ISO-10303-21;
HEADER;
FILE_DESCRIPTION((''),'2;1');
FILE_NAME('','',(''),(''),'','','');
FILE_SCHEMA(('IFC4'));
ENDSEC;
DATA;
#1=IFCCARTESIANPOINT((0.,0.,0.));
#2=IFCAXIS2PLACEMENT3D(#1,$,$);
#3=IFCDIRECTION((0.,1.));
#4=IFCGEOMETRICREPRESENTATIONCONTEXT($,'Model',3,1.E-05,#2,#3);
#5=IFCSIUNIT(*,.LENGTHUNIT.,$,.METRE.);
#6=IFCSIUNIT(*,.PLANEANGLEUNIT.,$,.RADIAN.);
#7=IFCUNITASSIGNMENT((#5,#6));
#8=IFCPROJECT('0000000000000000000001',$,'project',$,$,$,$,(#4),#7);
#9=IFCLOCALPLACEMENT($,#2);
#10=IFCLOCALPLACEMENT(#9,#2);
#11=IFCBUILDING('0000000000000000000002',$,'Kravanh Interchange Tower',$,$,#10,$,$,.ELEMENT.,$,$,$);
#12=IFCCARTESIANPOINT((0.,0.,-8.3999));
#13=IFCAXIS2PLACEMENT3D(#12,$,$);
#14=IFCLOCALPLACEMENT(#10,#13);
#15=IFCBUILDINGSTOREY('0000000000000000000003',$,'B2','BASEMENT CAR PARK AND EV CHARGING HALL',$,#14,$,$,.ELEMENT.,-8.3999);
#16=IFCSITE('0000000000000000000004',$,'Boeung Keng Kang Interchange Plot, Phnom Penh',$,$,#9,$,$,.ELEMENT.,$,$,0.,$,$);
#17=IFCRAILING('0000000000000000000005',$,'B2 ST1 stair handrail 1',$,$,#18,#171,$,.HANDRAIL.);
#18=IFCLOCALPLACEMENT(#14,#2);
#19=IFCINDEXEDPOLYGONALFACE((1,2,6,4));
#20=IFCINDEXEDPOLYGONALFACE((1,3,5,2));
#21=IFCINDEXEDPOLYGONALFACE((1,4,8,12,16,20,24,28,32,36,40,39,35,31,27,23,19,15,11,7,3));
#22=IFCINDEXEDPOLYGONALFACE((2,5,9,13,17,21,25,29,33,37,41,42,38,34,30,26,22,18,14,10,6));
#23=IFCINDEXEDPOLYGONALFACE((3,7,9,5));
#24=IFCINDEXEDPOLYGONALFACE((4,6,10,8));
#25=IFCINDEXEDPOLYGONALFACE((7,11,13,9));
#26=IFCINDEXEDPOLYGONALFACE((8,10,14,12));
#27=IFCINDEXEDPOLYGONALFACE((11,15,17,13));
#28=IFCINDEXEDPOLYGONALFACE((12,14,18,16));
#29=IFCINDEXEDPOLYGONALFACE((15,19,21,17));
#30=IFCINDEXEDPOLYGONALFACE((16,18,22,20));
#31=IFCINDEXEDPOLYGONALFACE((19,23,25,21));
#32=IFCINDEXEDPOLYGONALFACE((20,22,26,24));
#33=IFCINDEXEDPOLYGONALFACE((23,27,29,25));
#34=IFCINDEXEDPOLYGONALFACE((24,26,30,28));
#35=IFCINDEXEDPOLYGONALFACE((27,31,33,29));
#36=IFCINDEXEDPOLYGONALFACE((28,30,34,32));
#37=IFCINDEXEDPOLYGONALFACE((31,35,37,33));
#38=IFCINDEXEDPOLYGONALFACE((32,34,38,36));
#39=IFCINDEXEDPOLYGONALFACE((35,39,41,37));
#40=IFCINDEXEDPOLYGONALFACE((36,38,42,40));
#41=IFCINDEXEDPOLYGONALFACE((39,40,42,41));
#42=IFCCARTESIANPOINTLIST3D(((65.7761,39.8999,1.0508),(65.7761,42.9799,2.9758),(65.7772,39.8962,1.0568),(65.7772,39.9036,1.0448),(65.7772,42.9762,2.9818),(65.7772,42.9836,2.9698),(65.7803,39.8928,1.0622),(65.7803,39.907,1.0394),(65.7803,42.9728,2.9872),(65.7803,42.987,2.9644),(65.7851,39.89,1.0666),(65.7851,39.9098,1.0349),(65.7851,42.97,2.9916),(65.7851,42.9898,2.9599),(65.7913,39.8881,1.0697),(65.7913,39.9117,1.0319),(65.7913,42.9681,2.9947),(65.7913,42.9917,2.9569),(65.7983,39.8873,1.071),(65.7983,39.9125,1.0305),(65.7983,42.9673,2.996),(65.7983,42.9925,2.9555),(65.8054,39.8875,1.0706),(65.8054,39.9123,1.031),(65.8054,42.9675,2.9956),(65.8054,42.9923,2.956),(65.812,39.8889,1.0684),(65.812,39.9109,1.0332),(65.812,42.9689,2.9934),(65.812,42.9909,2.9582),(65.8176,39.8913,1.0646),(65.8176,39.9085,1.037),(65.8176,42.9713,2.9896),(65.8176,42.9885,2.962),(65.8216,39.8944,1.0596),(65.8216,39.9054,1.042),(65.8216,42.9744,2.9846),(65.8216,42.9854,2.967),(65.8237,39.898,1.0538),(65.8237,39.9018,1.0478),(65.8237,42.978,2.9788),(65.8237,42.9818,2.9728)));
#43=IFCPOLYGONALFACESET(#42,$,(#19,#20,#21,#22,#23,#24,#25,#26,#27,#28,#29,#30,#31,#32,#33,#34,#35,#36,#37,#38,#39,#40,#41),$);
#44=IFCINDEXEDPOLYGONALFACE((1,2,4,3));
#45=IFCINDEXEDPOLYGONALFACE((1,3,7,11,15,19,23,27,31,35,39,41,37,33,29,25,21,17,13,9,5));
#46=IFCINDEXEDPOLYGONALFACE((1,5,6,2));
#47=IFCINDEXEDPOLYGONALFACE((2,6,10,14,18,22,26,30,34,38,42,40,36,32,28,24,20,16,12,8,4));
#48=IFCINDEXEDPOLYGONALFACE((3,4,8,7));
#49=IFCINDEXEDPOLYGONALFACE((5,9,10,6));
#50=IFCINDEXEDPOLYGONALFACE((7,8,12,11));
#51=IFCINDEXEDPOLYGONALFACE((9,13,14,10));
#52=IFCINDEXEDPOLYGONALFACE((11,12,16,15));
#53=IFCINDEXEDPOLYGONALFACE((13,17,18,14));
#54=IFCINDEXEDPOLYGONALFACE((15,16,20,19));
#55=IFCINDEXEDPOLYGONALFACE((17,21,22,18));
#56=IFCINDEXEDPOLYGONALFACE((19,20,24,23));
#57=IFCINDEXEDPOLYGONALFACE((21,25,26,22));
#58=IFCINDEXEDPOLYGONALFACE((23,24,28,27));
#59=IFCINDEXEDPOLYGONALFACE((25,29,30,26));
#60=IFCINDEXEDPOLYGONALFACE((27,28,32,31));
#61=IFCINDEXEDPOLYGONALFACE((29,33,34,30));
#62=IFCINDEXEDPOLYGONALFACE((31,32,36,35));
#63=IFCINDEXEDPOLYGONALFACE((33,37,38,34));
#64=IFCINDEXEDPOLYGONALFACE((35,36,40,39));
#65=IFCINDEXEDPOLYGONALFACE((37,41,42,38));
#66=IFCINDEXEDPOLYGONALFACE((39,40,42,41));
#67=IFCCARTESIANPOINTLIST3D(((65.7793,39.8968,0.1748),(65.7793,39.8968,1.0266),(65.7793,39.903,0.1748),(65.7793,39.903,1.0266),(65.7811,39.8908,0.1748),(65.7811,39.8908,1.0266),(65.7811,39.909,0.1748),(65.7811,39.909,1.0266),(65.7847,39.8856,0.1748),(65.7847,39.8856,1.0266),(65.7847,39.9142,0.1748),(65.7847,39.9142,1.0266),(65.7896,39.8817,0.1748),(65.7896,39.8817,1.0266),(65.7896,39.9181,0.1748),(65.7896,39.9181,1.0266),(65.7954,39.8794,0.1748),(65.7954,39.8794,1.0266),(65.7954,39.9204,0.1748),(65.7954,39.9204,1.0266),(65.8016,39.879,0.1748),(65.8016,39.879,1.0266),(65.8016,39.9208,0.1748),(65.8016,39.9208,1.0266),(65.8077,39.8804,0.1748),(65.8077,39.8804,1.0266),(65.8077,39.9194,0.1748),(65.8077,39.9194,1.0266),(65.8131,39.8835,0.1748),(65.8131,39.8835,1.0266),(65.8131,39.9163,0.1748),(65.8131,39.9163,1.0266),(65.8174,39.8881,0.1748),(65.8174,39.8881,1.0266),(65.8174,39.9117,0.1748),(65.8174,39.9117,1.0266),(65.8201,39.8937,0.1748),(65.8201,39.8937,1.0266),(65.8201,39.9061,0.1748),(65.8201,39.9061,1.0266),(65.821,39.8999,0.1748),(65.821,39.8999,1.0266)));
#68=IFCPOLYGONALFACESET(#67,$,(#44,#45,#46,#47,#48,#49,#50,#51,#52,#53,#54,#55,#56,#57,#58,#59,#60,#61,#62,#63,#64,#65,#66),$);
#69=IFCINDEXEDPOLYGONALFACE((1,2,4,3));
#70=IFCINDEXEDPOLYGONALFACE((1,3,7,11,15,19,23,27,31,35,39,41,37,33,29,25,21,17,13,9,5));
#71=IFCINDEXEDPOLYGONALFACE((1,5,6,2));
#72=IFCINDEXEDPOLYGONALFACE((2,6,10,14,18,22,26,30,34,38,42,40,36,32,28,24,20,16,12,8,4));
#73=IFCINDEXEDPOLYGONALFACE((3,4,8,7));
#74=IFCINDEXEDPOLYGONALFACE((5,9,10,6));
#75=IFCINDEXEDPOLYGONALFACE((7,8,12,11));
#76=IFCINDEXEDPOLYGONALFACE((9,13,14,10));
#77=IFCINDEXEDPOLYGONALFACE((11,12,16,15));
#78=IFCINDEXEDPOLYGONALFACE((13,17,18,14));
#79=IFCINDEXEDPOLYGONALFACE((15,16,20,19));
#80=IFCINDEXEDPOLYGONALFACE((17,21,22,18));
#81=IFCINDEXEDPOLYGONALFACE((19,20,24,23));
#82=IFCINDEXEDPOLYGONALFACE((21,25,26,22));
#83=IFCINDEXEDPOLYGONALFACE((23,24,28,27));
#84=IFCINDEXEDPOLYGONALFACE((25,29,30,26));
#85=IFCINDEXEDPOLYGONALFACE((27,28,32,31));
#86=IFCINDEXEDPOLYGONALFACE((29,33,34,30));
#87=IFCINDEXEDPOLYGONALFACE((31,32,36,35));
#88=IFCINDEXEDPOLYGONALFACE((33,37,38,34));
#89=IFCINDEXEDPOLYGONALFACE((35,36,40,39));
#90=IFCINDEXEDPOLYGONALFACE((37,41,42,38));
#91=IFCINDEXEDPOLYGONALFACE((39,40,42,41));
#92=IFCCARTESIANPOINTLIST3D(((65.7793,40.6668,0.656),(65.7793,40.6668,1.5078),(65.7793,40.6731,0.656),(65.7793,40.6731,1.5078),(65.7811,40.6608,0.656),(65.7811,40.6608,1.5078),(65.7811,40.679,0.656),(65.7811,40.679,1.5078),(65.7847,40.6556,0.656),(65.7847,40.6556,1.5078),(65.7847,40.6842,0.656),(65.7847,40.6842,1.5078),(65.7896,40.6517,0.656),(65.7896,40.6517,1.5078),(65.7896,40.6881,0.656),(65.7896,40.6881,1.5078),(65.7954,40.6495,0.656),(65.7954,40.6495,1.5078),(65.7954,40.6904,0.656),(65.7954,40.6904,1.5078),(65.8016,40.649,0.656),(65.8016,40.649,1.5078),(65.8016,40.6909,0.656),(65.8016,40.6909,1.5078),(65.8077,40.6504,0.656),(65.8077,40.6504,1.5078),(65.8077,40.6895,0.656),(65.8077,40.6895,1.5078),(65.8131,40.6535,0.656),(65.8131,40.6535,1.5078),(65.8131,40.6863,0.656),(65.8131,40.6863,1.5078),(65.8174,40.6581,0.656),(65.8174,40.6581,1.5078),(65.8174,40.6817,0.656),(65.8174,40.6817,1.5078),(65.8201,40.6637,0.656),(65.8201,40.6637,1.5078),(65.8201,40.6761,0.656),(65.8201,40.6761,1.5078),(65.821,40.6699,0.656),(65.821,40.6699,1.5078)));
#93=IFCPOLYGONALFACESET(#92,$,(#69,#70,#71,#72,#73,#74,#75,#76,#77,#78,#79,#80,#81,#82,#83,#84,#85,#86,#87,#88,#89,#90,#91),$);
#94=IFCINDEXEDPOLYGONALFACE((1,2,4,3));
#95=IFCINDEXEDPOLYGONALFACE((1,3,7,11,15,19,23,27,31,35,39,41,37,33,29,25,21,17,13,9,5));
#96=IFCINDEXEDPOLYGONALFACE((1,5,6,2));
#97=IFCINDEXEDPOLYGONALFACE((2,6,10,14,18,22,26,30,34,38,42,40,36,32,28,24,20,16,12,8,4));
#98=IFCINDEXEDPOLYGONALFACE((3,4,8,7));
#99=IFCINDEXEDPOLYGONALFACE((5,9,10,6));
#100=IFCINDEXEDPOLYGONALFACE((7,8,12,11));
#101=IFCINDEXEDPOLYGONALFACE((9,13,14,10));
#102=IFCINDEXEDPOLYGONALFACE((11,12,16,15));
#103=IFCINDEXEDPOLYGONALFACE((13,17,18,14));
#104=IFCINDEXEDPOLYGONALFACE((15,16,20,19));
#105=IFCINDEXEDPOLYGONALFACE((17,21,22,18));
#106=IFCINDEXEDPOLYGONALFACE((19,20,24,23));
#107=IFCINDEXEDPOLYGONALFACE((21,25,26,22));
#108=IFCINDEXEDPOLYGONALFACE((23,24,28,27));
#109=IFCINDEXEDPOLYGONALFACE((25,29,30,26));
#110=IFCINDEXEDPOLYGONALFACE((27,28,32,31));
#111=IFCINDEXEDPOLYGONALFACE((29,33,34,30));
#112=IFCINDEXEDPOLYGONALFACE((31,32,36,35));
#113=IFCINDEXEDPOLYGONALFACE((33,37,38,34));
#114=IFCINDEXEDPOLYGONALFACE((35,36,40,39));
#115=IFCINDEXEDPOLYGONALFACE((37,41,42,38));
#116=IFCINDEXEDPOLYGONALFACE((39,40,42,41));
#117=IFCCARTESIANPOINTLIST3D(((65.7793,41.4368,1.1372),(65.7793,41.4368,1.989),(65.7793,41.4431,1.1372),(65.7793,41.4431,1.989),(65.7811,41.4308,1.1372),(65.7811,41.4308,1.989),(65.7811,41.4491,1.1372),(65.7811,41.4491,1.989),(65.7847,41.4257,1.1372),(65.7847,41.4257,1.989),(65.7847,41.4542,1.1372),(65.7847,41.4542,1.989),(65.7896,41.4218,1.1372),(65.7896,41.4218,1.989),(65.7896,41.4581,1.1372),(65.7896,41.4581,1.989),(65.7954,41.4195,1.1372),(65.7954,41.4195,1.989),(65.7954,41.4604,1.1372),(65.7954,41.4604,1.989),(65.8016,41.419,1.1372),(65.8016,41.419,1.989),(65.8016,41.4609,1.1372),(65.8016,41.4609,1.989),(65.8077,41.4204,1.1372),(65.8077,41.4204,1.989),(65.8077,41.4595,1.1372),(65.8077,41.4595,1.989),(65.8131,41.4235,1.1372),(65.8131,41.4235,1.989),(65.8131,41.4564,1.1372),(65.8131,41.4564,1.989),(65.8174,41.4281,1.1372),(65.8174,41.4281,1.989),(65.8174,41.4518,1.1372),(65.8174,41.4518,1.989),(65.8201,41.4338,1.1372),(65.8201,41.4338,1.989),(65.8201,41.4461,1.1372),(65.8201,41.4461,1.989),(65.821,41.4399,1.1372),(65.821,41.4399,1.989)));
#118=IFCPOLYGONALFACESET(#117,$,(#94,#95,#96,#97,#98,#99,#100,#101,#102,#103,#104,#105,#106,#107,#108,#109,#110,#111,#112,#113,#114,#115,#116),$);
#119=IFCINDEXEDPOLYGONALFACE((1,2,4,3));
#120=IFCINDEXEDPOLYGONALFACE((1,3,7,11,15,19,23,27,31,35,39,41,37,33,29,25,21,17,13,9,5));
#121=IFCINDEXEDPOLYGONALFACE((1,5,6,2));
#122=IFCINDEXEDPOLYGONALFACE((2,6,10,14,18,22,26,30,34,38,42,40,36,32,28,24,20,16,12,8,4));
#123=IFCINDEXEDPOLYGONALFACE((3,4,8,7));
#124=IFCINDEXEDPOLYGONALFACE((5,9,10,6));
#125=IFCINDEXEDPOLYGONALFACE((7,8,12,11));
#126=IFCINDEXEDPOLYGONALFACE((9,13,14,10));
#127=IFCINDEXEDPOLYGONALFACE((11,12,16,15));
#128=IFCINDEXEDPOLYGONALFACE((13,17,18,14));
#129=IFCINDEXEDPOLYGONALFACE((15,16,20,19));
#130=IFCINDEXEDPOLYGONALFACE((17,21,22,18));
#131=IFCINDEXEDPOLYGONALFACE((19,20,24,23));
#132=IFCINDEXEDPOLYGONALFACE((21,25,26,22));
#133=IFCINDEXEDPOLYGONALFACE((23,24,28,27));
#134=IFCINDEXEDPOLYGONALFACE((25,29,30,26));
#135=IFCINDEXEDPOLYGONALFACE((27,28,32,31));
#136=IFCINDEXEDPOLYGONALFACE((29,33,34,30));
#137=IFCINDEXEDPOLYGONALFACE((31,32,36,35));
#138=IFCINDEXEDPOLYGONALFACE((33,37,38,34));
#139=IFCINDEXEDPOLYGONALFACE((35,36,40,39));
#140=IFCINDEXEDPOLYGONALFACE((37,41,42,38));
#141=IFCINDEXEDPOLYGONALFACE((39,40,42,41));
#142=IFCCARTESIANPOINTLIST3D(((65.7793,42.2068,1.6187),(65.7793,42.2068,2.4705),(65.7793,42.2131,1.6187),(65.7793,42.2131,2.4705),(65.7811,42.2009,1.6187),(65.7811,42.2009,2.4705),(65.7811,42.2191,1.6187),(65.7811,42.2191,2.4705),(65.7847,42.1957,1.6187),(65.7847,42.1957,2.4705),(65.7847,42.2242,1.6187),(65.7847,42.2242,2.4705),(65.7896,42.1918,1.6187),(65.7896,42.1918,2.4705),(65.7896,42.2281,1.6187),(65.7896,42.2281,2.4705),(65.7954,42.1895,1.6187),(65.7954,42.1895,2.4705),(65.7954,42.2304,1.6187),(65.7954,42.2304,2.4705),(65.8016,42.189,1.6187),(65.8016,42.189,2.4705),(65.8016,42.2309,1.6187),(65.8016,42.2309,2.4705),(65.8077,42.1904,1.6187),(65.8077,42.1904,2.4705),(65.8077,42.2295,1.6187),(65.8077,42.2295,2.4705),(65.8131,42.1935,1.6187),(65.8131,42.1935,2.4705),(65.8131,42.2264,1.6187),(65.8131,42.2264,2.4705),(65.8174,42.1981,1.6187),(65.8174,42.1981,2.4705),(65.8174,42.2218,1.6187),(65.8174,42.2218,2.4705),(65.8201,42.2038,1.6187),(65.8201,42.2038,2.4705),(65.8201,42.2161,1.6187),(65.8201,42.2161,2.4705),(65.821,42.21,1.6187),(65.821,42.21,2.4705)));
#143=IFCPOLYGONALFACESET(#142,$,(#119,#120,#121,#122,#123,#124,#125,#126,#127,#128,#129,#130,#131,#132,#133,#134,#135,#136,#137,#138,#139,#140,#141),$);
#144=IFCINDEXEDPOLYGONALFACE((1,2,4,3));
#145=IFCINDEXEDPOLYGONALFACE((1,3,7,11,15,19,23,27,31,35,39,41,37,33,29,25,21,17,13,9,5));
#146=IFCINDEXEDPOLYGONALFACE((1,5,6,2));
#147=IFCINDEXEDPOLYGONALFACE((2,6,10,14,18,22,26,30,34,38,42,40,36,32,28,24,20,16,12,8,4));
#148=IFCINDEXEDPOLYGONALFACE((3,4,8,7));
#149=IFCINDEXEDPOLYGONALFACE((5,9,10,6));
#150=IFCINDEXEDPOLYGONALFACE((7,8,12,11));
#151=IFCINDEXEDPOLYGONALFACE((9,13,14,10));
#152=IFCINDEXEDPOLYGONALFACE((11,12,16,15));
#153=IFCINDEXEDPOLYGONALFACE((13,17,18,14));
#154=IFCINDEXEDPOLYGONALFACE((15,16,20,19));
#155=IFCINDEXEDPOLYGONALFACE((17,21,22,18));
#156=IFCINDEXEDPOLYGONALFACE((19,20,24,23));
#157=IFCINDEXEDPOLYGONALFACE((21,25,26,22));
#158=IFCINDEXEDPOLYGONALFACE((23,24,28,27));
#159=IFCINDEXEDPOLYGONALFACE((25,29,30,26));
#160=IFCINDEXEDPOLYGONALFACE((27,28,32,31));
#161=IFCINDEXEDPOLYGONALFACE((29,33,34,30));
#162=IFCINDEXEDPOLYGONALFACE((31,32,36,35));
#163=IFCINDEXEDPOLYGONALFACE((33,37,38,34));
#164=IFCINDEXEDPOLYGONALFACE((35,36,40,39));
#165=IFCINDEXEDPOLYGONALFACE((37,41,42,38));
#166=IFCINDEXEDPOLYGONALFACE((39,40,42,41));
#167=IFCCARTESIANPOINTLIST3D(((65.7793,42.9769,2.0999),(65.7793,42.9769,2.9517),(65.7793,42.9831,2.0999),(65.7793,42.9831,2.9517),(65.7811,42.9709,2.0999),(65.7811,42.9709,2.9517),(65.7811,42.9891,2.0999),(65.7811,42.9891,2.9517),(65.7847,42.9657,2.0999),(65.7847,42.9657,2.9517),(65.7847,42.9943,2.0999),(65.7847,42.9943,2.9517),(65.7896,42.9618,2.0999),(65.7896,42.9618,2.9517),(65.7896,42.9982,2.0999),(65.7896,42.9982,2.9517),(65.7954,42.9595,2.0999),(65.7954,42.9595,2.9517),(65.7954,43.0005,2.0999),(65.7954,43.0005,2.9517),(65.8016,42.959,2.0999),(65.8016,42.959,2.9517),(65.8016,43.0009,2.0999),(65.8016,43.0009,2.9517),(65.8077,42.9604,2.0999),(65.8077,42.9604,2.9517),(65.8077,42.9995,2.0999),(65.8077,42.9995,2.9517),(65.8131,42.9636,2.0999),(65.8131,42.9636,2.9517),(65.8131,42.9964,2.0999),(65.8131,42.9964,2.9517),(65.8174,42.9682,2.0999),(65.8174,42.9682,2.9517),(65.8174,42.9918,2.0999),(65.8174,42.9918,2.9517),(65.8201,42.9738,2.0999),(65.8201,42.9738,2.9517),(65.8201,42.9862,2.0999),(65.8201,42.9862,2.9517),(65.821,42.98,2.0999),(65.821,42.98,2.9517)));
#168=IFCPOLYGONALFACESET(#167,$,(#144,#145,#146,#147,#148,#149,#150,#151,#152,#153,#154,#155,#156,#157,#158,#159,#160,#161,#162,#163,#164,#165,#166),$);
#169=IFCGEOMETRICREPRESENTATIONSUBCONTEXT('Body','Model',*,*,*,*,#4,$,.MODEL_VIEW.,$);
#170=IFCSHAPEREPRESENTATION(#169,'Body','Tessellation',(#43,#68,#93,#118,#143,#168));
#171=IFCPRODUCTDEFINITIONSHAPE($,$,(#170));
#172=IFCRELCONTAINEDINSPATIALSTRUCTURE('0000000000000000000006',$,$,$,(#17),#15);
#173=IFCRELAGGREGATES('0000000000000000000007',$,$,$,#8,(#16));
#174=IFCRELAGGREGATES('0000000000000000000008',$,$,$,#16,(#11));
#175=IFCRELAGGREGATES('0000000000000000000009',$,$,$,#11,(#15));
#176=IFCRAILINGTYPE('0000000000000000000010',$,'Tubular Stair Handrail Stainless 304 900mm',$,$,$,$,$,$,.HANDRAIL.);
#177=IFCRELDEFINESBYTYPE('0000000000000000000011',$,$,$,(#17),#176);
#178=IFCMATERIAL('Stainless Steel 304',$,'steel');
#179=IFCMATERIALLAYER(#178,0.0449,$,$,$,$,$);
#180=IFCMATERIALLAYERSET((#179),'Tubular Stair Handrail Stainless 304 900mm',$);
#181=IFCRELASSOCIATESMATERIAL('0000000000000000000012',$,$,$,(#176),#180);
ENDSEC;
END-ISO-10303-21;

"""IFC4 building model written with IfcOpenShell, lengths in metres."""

from ifc_helpers import new_model, si_unit, direction, frame, origin, origin_2d, place, context, subcontext, project, spatial, circle, extrude, material, layer, layer_set, type_object, element, save


model = new_model("IFC4")

# Units and contexts
model_context = context("Model", 3, precision=1e-05, world=origin(), true_north=direction((0.0, 1.0)))
body_context = subcontext(model_context, "Body", "Model", "MODEL_VIEW")
ifc_project = project(units=[si_unit("LENGTHUNIT", "METRE"), si_unit("PLANEANGLEUNIT", "RADIAN")], contexts=[model_context])

# Site, building, storey
site_placement = place(None, origin())
site = spatial("IfcSite", under=ifc_project, at=site_placement, Name="Boeung Keng Kang Interchange Plot, Phnom Penh", CompositionType="ELEMENT", RefElevation=0.0)
building_placement = place(site_placement, origin())
building = spatial("IfcBuilding", under=site, at=building_placement, Name="Kravanh Interchange Tower", CompositionType="ELEMENT")
storey_placement = place(building_placement, frame((0.0, 0.0, -8.3999)))
storey = spatial("IfcBuildingStorey", under=building, at=storey_placement, Name="B2", Description="BASEMENT CAR PARK AND EV CHARGING HALL", CompositionType="ELEMENT", Elevation=-8.3999)

# Railing
ifc_material_1 = material(Name="Stainless Steel 304", Category="steel")
ifc_layer_1 = layer(ifc_material_1, 0.0449)
ifc_layer_set_1 = layer_set([ifc_layer_1], Name="Tubular Stair Handrail Stainless 304 900mm")
railing_type_1 = type_object("IfcRailingType", Name="Tubular Stair Handrail Stainless 304 900mm", PredefinedType="HANDRAIL", material=ifc_layer_set_1)
railing_1_placement = place(storey_placement, frame((65.8, 39.8999, 0.1748)))
element("IfcRailing", 1, at=railing_1_placement, inside=storey, type_object=railing_type_1, Name="B2 ST1 stair handrail 1", PredefinedType="HANDRAIL", context=body_context, shape_type="SweptSolid", body=[
    extrude(circle(Radius=0.0239, at=origin_2d()), frame((0.0, 0.0, 0.876), z_axis=(0.0, 0.847998, 0.529999), x_axis=(-1.0, 0.0, 0.0)), (0.0, 0.0, 1.0), 3.6321),
    extrude(circle(Radius=0.021, at=origin_2d()), origin(), (0.0, 0.0, 1.0), 0.8518),
    extrude(circle(Radius=0.021, at=origin_2d()), frame((0.0, 0.77, 0.4812)), (0.0, 0.0, 1.0), 0.8518),
    extrude(circle(Radius=0.021, at=origin_2d()), frame((0.0, 1.54, 0.9624)), (0.0, 0.0, 1.0), 0.8518),
    extrude(circle(Radius=0.021, at=origin_2d()), frame((0.0, 2.3101, 1.4438)), (0.0, 0.0, 1.0), 0.8518),
    extrude(circle(Radius=0.021, at=origin_2d()), frame((0.0, 3.0801, 1.925)), (0.0, 0.0, 1.0), 0.8518),
])

save(model, "model.ifc")
